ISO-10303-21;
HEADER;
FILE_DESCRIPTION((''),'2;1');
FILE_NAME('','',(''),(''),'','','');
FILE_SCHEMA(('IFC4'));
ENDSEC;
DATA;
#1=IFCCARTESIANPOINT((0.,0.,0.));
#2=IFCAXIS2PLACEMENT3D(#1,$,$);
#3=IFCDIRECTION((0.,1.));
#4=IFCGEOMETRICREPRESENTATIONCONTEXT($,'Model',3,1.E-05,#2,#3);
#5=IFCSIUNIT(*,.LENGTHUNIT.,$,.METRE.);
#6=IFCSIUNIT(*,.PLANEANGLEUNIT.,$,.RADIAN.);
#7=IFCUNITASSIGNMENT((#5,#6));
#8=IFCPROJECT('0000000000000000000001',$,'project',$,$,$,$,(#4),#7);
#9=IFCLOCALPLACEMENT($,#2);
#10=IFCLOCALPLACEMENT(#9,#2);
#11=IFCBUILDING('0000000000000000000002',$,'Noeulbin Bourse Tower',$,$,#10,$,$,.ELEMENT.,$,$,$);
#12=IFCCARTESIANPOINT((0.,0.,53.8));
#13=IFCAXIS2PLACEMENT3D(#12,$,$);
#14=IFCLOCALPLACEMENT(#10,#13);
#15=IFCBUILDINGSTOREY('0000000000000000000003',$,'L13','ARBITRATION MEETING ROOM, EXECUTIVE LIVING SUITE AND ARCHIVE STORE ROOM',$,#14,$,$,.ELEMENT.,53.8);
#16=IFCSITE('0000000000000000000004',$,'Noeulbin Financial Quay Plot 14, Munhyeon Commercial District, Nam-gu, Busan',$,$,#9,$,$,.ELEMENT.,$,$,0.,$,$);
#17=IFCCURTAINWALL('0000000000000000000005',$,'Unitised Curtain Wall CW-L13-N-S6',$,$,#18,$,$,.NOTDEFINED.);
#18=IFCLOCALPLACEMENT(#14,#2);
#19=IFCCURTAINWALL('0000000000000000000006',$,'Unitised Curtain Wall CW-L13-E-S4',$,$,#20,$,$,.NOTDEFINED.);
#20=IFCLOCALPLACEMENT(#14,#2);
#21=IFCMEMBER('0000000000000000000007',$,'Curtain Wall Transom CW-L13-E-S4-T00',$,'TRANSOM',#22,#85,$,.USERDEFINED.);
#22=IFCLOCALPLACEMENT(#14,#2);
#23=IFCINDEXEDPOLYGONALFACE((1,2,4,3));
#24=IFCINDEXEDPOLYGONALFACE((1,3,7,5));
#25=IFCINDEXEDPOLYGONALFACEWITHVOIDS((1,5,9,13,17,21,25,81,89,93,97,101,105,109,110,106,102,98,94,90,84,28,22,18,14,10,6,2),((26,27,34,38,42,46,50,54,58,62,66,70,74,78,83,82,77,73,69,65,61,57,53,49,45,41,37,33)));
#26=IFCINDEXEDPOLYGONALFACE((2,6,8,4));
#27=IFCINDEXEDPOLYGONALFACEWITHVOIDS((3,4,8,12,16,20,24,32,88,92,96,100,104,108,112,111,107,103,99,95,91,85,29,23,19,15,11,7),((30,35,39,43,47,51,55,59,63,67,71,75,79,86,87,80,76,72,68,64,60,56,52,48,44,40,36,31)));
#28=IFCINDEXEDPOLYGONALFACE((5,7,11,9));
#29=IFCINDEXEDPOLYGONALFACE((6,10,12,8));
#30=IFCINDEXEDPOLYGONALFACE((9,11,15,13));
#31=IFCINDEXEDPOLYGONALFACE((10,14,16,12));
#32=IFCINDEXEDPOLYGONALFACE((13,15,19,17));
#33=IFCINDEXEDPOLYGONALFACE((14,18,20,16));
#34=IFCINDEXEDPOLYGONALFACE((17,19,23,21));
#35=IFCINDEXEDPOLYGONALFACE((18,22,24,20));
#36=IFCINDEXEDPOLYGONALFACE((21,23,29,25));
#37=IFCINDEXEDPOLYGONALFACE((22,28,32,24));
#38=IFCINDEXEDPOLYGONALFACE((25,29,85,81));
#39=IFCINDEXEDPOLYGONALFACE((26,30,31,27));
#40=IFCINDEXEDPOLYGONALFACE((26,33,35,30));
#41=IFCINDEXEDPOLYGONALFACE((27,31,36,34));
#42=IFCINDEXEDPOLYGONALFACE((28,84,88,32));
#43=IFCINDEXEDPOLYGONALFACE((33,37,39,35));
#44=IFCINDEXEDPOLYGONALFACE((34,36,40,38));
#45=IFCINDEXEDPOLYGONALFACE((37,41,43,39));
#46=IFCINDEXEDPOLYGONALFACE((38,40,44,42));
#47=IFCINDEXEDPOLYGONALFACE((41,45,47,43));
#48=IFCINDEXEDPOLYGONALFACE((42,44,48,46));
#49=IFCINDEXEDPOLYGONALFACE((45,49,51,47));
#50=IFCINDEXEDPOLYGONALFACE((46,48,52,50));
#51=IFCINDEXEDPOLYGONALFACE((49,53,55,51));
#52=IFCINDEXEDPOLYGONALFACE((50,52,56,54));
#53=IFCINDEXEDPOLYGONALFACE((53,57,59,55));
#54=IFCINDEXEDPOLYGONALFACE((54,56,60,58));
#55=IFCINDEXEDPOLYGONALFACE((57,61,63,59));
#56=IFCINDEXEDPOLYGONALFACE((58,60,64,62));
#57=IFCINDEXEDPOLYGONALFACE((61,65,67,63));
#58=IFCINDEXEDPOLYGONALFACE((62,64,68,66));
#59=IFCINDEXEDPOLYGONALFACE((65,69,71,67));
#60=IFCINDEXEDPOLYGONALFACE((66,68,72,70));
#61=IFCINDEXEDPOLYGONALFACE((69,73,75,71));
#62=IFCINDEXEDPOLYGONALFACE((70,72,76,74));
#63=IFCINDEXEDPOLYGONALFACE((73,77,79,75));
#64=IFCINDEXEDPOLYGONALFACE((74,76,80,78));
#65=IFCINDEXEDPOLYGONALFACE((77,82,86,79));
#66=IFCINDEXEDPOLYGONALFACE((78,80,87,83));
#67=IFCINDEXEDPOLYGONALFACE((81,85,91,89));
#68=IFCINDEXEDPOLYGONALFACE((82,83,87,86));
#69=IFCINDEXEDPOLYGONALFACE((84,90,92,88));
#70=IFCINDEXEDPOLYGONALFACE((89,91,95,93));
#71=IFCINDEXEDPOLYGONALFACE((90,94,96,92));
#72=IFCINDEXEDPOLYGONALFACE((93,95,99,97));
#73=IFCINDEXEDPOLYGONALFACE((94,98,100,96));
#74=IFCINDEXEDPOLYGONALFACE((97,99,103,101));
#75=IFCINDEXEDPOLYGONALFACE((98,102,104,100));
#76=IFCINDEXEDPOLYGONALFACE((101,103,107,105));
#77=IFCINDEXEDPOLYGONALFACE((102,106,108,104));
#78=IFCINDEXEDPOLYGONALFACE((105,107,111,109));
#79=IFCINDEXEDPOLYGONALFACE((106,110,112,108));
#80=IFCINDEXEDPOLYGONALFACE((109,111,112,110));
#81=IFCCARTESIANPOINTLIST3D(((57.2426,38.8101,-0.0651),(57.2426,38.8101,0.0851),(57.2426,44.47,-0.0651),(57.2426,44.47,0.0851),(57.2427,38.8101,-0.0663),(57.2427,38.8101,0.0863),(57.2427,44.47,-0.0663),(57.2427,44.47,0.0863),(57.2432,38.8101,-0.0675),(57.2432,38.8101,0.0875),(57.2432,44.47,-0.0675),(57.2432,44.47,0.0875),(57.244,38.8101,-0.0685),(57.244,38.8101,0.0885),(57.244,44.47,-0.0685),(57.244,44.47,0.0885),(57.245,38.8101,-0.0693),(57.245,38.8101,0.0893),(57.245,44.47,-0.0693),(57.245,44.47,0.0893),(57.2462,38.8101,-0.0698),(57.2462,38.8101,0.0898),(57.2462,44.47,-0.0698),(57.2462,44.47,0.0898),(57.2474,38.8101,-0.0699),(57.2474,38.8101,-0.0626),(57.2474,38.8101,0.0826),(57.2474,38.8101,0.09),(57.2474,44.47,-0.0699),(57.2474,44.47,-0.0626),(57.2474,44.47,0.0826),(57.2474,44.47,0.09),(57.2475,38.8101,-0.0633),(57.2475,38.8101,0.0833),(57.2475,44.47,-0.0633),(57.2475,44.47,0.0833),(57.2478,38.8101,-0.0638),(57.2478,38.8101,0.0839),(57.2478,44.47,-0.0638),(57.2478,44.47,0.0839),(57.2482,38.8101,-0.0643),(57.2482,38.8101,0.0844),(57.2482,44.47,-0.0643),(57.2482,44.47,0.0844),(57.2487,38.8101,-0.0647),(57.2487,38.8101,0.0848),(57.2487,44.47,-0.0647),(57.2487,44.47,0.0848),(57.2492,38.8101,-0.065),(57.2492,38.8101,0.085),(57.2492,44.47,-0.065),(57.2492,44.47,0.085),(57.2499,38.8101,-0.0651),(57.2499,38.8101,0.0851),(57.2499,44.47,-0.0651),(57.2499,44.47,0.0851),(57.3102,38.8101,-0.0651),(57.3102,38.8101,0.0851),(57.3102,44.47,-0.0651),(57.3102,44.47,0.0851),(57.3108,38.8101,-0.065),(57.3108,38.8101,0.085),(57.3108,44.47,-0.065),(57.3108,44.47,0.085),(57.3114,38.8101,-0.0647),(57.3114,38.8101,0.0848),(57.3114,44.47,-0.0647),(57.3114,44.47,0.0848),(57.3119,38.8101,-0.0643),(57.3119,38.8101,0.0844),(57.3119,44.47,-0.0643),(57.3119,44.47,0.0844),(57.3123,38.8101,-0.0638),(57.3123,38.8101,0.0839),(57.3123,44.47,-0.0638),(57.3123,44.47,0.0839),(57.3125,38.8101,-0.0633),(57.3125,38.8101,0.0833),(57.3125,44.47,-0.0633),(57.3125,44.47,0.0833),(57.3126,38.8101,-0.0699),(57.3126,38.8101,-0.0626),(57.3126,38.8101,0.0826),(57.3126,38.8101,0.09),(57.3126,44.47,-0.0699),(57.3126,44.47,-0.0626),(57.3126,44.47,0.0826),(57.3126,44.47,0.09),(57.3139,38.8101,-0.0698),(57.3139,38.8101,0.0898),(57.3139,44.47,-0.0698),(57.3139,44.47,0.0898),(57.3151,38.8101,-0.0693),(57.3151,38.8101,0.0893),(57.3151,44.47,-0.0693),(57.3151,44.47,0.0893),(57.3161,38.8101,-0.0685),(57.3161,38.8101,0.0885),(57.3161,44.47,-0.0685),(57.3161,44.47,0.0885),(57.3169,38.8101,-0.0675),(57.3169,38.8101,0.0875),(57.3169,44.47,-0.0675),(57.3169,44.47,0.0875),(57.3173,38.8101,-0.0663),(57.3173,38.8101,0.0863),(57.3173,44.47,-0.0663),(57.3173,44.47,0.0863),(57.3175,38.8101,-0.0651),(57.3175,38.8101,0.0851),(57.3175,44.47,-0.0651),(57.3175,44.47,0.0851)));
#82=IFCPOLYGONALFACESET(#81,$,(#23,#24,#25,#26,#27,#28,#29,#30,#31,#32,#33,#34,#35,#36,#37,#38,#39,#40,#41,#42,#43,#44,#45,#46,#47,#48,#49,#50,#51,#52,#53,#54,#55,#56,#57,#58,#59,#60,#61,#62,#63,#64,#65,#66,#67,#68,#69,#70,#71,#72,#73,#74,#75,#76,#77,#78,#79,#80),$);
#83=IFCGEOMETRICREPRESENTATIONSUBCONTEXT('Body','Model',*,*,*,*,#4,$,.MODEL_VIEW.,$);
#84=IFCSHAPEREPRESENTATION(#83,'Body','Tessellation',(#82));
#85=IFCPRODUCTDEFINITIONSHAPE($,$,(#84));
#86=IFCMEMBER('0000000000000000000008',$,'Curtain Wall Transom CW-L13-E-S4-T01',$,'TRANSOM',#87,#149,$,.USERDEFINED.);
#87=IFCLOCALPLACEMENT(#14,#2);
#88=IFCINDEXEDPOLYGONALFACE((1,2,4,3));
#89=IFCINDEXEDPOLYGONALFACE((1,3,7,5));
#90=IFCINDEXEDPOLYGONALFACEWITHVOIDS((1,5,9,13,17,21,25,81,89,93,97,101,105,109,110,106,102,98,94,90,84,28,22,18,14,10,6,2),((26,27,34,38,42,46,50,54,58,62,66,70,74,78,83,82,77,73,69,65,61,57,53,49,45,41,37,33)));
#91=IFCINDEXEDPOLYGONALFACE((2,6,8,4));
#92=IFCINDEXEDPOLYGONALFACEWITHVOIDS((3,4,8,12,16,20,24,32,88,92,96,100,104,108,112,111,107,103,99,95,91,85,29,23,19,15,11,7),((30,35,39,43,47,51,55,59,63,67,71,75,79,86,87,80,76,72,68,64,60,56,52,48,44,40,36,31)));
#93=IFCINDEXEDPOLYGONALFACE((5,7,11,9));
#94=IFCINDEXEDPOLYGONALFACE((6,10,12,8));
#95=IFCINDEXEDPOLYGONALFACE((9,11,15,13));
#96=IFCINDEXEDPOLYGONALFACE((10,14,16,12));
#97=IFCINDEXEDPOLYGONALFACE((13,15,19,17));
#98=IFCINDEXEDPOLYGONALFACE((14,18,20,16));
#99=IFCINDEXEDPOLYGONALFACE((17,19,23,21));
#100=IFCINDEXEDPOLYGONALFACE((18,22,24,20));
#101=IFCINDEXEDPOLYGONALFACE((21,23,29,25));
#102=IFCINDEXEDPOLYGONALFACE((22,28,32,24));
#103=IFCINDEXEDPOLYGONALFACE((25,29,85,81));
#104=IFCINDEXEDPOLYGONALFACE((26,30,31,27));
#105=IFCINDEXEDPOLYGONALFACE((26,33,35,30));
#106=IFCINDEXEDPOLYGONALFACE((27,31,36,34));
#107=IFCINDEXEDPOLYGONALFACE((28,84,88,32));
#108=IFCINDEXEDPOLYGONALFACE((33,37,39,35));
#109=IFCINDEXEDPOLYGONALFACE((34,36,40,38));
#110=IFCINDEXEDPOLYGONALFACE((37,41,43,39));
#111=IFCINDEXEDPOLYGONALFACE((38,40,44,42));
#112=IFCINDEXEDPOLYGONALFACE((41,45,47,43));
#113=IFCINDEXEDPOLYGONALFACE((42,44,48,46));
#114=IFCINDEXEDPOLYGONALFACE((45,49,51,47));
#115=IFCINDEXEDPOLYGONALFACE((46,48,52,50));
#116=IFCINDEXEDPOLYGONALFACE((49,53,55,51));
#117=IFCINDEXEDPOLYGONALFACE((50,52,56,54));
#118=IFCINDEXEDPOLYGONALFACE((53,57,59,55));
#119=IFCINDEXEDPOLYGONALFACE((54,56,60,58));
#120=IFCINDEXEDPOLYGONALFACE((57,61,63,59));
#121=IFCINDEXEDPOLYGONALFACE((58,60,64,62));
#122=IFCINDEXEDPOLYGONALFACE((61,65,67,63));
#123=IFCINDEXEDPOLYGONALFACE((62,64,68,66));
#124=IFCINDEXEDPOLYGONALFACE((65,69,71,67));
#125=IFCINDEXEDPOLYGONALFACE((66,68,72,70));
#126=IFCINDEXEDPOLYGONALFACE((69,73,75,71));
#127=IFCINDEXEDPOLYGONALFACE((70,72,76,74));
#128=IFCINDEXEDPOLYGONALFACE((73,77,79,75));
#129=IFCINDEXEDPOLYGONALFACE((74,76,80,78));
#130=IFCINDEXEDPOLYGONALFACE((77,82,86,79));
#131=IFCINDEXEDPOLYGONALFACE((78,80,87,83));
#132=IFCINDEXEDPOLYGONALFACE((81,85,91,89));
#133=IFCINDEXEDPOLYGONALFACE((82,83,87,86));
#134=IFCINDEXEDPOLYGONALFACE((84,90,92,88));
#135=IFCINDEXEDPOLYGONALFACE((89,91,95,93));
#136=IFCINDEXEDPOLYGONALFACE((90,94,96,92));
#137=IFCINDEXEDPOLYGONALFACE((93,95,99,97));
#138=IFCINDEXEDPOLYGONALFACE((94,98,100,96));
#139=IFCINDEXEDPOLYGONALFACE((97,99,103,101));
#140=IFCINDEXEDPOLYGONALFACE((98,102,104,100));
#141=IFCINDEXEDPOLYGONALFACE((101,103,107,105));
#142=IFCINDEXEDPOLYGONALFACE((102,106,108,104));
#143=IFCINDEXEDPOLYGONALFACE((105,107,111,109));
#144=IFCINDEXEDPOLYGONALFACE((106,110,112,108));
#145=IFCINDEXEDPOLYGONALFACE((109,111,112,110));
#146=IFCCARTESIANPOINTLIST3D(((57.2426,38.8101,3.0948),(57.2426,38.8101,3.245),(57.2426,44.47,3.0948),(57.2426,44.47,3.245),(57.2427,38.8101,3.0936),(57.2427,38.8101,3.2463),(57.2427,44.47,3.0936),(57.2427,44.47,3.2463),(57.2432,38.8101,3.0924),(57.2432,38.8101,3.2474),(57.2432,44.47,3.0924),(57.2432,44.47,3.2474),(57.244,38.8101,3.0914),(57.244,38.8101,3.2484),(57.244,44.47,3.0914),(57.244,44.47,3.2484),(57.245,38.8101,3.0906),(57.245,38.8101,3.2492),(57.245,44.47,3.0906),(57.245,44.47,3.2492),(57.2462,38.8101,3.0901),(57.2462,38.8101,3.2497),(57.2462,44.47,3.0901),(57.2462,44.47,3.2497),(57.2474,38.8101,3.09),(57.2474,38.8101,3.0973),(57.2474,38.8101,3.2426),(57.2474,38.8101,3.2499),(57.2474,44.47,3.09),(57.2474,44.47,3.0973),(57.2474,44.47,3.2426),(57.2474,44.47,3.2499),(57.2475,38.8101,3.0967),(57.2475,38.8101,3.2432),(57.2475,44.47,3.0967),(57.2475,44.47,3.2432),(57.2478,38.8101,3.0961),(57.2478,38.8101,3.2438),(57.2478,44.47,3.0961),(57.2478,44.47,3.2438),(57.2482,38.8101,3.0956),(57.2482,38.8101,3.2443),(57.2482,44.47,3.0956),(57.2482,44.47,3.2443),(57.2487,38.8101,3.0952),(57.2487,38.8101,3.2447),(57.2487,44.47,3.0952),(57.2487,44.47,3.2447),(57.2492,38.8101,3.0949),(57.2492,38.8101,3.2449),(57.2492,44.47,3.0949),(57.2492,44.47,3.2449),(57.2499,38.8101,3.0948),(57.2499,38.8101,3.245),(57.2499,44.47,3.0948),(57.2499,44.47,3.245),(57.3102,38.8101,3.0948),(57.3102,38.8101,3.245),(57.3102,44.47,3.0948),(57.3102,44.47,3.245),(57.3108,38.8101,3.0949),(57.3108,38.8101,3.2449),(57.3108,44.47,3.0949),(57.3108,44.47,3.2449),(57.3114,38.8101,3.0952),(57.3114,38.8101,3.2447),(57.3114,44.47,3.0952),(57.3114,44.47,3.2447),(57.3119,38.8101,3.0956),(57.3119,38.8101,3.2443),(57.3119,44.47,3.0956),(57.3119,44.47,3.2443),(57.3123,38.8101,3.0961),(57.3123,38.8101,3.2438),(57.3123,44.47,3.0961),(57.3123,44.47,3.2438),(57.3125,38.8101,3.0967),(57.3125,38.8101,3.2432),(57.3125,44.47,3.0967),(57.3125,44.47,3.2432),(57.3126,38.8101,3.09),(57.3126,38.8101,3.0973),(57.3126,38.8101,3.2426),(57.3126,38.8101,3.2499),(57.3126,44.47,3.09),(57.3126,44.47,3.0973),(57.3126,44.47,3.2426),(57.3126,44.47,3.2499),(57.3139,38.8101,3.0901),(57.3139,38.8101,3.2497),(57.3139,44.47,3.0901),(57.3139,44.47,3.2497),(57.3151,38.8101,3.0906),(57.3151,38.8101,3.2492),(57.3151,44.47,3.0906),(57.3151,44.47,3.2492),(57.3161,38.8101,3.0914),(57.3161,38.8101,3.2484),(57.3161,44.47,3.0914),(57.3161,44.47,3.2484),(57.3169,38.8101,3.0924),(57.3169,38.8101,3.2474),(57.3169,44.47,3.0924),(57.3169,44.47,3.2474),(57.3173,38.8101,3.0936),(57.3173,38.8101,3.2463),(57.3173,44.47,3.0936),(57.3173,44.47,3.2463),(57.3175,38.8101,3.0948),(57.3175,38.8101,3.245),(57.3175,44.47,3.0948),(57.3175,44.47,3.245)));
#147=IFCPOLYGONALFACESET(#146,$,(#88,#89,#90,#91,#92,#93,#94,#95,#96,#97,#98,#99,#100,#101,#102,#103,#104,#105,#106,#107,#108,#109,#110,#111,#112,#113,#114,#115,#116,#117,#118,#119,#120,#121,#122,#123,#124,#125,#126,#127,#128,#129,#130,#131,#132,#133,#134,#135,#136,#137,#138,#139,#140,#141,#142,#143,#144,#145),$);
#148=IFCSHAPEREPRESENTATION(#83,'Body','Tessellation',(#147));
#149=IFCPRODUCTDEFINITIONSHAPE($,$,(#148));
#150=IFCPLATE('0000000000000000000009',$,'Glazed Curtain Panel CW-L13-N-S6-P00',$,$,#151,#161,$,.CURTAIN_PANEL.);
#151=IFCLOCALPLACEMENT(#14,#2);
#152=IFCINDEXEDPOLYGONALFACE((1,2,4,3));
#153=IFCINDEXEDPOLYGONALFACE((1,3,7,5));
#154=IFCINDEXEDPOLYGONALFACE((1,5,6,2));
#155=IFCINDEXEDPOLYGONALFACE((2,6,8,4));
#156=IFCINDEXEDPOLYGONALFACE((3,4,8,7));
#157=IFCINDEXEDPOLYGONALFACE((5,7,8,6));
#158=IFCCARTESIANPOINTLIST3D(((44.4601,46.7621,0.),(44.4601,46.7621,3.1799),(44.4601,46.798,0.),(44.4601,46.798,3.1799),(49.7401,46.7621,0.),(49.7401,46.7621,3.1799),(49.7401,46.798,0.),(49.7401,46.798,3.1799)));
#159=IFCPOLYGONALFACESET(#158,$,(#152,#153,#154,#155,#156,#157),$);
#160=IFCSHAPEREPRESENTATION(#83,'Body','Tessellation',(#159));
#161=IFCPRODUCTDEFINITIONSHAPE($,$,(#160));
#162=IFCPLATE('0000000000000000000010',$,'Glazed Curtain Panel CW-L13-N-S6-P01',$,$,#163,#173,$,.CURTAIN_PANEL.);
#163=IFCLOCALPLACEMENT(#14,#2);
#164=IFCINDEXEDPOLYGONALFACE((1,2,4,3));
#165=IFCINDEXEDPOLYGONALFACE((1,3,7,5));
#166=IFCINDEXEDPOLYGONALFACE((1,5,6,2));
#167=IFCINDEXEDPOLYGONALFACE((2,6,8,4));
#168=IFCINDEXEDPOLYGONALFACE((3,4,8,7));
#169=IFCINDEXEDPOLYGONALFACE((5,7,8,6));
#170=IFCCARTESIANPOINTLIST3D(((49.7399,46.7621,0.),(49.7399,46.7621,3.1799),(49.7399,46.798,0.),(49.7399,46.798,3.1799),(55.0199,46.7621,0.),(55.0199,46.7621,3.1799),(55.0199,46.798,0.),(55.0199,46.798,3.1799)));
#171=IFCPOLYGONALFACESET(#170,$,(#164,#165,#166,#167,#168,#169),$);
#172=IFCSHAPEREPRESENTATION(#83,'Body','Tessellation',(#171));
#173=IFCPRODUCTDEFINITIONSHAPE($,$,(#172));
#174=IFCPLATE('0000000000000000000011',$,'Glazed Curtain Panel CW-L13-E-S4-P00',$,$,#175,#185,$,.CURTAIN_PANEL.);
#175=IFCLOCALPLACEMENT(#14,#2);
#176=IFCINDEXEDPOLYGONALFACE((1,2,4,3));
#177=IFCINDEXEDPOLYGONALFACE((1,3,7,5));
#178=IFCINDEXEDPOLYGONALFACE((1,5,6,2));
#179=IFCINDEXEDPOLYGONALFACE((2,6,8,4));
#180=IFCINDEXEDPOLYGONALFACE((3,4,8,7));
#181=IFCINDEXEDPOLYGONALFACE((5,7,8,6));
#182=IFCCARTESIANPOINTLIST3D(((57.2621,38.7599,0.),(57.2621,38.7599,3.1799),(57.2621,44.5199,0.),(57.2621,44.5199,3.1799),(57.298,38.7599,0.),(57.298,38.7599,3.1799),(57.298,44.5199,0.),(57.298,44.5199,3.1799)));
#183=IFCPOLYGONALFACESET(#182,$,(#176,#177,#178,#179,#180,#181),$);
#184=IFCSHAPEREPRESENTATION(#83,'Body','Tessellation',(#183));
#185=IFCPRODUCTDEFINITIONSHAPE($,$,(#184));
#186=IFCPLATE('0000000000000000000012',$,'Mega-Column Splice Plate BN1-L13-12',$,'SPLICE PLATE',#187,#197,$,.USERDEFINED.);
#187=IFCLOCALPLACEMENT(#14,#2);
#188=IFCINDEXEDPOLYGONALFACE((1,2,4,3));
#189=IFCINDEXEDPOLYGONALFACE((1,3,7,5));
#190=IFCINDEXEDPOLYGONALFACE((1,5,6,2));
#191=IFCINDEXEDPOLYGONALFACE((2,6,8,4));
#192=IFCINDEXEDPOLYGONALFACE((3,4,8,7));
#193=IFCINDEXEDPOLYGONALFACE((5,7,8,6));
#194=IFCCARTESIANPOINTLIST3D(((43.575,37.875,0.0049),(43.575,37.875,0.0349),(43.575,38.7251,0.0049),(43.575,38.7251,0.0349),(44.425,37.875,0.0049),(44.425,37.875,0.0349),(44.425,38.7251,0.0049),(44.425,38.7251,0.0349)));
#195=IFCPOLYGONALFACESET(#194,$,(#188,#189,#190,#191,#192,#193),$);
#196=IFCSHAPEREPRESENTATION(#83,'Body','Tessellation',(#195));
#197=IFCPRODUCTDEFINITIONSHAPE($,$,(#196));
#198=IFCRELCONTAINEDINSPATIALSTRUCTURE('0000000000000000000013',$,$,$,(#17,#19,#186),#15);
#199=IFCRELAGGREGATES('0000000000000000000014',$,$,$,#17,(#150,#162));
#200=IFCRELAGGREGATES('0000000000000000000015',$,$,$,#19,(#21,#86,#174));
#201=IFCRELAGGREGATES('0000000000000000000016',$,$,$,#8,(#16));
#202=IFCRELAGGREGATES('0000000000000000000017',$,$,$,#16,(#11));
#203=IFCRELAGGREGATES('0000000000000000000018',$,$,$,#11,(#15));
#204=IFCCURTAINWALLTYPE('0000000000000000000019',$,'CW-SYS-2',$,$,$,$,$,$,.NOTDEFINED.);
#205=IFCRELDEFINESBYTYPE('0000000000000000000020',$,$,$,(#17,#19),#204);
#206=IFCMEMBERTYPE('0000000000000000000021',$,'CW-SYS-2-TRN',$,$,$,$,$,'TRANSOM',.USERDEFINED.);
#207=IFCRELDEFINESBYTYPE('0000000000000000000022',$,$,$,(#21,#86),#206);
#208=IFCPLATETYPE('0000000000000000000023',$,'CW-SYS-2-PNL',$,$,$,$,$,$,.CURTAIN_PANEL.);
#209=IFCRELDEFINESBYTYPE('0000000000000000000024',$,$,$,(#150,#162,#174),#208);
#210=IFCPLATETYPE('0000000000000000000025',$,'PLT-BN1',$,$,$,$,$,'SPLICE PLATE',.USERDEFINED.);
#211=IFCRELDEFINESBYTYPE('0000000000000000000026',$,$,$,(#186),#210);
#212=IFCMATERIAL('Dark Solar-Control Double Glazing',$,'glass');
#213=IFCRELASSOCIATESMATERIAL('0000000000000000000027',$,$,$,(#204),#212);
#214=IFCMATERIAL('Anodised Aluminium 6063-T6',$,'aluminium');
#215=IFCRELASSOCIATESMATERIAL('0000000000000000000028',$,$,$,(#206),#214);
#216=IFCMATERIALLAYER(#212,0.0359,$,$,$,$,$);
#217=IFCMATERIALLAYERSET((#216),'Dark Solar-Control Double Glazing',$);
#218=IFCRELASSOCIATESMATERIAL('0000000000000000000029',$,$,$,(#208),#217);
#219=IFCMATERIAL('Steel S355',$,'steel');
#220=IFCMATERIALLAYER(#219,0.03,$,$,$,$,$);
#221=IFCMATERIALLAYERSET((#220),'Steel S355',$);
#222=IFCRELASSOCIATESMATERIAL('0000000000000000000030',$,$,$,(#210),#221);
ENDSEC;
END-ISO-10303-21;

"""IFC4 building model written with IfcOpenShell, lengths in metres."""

from ifc_helpers import new_model, si_unit, direction, frame, origin, origin_2d, place, context, subcontext, project, spatial, rectangle, hollow_rectangle, extrude, material, layer, layer_set, material_profile, profile_set, type_object, element, aggregate, save


model = new_model("IFC4")

# Units and contexts
model_context = context("Model", 3, precision=1e-05, world=origin(), true_north=direction((0.0, 1.0)))
body_context = subcontext(model_context, "Body", "Model", "MODEL_VIEW")
ifc_project = project(units=[si_unit("LENGTHUNIT", "METRE"), si_unit("PLANEANGLEUNIT", "RADIAN")], contexts=[model_context])

# Site, building, storey
site_placement = place(None, origin())
site = spatial("IfcSite", under=ifc_project, at=site_placement, Name="Noeulbin Financial Quay Plot 14, Munhyeon Commercial District, Nam-gu, Busan", CompositionType="ELEMENT", RefElevation=0.0)
building_placement = place(site_placement, origin())
building = spatial("IfcBuilding", under=site, at=building_placement, Name="Noeulbin Bourse Tower", CompositionType="ELEMENT")
storey_placement = place(building_placement, frame((0.0, 0.0, 53.8)))
storey = spatial("IfcBuildingStorey", under=building, at=storey_placement, Name="L13", Description="ARBITRATION MEETING ROOM, EXECUTIVE LIVING SUITE AND ARCHIVE STORE ROOM", CompositionType="ELEMENT", Elevation=53.8)

# Shared definitions
ifc_material_1 = material(Name="Steel S355", Category="steel")

# Shared definitions
ifc_material_2 = material(Name="Dark Solar-Control Double Glazing", Category="glass")
curtain_wall_type = type_object("IfcCurtainWallType", Name="CW-SYS-2", PredefinedType="NOTDEFINED", material=ifc_material_2)
ifc_material_3 = material(Name="Anodised Aluminium 6063-T6", Category="aluminium")

# Curtain walls
curtain_wall_1_placement = place(storey_placement, origin())
curtain_wall_1 = element("IfcCurtainWall", 1, at=curtain_wall_1_placement, inside=storey, type_object=curtain_wall_type, Name="Unitised Curtain Wall CW-L13-N-S6", PredefinedType="NOTDEFINED")
curtain_wall_2_placement = place(storey_placement, origin())
curtain_wall_2 = element("IfcCurtainWall", 2, at=curtain_wall_2_placement, inside=storey, type_object=curtain_wall_type, Name="Unitised Curtain Wall CW-L13-E-S4", PredefinedType="NOTDEFINED")

# Members
ifc_material_profile_1 = material_profile(ifc_material_3, hollow_rectangle(XDim=0.075, YDim=0.1599, WallThickness=0.0049, InnerFilletRadius=0.0024, OuterFilletRadius=0.0049, at=origin_2d()), Name="ALU-TRAN-75x160x5", Category="LoadBearing")
ifc_profile_set_1 = profile_set([ifc_material_profile_1], Name="Anodised Aluminium 6063-T6")
member_type_1 = type_object("IfcMemberType", Name="CW-SYS-2-TRN", ElementType="TRANSOM", PredefinedType="USERDEFINED", material=ifc_profile_set_1)
member_1_placement = place(storey_placement, frame((57.28, 38.8101, 0.01), z_axis=(0.0, 1.0, 0.0), x_axis=(-1.0, 0.0, 0.0)))
member_1 = element("IfcMember", 3, at=member_1_placement, type_object=member_type_1, Name="Curtain Wall Transom CW-L13-E-S4-T00", ObjectType="TRANSOM", PredefinedType="USERDEFINED", context=body_context, shape_type="SweptSolid", body=[
    extrude(hollow_rectangle(XDim=0.075, YDim=0.1599, WallThickness=0.0049, InnerFilletRadius=0.0024, OuterFilletRadius=0.0049, at=origin_2d()), origin(), (0.0, 0.0, 1.0), 5.6599),
])
member_2_placement = place(storey_placement, frame((57.28, 38.8101, 3.1699), z_axis=(0.0, 1.0, 0.0), x_axis=(-1.0, 0.0, 0.0)))
member_2 = element("IfcMember", 4, at=member_2_placement, type_object=member_type_1, Name="Curtain Wall Transom CW-L13-E-S4-T01", ObjectType="TRANSOM", PredefinedType="USERDEFINED", context=body_context, shape_type="SweptSolid", body=[
    extrude(hollow_rectangle(XDim=0.075, YDim=0.1599, WallThickness=0.0049, InnerFilletRadius=0.0024, OuterFilletRadius=0.0049, at=origin_2d()), origin(), (0.0, 0.0, 1.0), 5.6599),
])

# Plates
ifc_layer_1 = layer(ifc_material_2, 0.0359)
ifc_layer_set_1 = layer_set([ifc_layer_1], Name="Dark Solar-Control Double Glazing")
plate_type_1 = type_object("IfcPlateType", Name="CW-SYS-2-PNL", PredefinedType="CURTAIN_PANEL", material=ifc_layer_set_1)
plate_1_placement = place(storey_placement, frame((47.1001, 46.78, 0.0), z_axis=(0.0, 0.0, 1.0), x_axis=(1.0, 0.0, 0.0)))
plate_1 = element("IfcPlate", 5, at=plate_1_placement, type_object=plate_type_1, Name="Glazed Curtain Panel CW-L13-N-S6-P00", PredefinedType="CURTAIN_PANEL", context=body_context, shape_type="SweptSolid", body=[
    extrude(rectangle(XDim=5.28, YDim=0.0359, at=origin_2d()), origin(), (0.0, 0.0, 1.0), 3.1799),
])
plate_2_placement = place(storey_placement, frame((52.3799, 46.78, 0.0), z_axis=(0.0, 0.0, 1.0), x_axis=(1.0, 0.0, 0.0)))
plate_2 = element("IfcPlate", 6, at=plate_2_placement, type_object=plate_type_1, Name="Glazed Curtain Panel CW-L13-N-S6-P01", PredefinedType="CURTAIN_PANEL", context=body_context, shape_type="SweptSolid", body=[
    extrude(rectangle(XDim=5.28, YDim=0.0359, at=origin_2d()), origin(), (0.0, 0.0, 1.0), 3.1799),
])
aggregate(curtain_wall_1, [plate_1, plate_2])
plate_3_placement = place(storey_placement, frame((57.28, 41.6399, 0.0), z_axis=(0.0, 0.0, 1.0), x_axis=(0.0, 1.0, 0.0)))
plate_3 = element("IfcPlate", 7, at=plate_3_placement, type_object=plate_type_1, Name="Glazed Curtain Panel CW-L13-E-S4-P00", PredefinedType="CURTAIN_PANEL", context=body_context, shape_type="SweptSolid", body=[
    extrude(rectangle(XDim=5.76, YDim=0.0359, at=origin_2d()), origin(), (0.0, 0.0, 1.0), 3.1799),
])
aggregate(curtain_wall_2, [member_1, member_2, plate_3])

# Plate
ifc_layer_2 = layer(ifc_material_1, 0.03)
ifc_layer_set_2 = layer_set([ifc_layer_2], Name="Steel S355")
plate_type_2 = type_object("IfcPlateType", Name="PLT-BN1", ElementType="SPLICE PLATE", PredefinedType="USERDEFINED", material=ifc_layer_set_2)
for number, where, z_axis, x_axis, name in (
    (8, (44.0, 38.3, 0.0049), (0.0, 0.0, 1.0), (1.0, 0.0, 0.0), "Mega-Column Splice Plate BN1-L13-12"),
):
    element("IfcPlate", number, at=place(storey_placement, frame(where, z_axis=z_axis, x_axis=x_axis)), inside=storey, type_object=plate_type_2, Name=name, ObjectType="SPLICE PLATE", PredefinedType="USERDEFINED", context=body_context, shape_type="SweptSolid", body=[
        extrude(rectangle(XDim=0.8501, YDim=0.8501, at=origin_2d()), origin(), (0.0, 0.0, 1.0), 0.03),
    ])

save(model, "model.ifc")
